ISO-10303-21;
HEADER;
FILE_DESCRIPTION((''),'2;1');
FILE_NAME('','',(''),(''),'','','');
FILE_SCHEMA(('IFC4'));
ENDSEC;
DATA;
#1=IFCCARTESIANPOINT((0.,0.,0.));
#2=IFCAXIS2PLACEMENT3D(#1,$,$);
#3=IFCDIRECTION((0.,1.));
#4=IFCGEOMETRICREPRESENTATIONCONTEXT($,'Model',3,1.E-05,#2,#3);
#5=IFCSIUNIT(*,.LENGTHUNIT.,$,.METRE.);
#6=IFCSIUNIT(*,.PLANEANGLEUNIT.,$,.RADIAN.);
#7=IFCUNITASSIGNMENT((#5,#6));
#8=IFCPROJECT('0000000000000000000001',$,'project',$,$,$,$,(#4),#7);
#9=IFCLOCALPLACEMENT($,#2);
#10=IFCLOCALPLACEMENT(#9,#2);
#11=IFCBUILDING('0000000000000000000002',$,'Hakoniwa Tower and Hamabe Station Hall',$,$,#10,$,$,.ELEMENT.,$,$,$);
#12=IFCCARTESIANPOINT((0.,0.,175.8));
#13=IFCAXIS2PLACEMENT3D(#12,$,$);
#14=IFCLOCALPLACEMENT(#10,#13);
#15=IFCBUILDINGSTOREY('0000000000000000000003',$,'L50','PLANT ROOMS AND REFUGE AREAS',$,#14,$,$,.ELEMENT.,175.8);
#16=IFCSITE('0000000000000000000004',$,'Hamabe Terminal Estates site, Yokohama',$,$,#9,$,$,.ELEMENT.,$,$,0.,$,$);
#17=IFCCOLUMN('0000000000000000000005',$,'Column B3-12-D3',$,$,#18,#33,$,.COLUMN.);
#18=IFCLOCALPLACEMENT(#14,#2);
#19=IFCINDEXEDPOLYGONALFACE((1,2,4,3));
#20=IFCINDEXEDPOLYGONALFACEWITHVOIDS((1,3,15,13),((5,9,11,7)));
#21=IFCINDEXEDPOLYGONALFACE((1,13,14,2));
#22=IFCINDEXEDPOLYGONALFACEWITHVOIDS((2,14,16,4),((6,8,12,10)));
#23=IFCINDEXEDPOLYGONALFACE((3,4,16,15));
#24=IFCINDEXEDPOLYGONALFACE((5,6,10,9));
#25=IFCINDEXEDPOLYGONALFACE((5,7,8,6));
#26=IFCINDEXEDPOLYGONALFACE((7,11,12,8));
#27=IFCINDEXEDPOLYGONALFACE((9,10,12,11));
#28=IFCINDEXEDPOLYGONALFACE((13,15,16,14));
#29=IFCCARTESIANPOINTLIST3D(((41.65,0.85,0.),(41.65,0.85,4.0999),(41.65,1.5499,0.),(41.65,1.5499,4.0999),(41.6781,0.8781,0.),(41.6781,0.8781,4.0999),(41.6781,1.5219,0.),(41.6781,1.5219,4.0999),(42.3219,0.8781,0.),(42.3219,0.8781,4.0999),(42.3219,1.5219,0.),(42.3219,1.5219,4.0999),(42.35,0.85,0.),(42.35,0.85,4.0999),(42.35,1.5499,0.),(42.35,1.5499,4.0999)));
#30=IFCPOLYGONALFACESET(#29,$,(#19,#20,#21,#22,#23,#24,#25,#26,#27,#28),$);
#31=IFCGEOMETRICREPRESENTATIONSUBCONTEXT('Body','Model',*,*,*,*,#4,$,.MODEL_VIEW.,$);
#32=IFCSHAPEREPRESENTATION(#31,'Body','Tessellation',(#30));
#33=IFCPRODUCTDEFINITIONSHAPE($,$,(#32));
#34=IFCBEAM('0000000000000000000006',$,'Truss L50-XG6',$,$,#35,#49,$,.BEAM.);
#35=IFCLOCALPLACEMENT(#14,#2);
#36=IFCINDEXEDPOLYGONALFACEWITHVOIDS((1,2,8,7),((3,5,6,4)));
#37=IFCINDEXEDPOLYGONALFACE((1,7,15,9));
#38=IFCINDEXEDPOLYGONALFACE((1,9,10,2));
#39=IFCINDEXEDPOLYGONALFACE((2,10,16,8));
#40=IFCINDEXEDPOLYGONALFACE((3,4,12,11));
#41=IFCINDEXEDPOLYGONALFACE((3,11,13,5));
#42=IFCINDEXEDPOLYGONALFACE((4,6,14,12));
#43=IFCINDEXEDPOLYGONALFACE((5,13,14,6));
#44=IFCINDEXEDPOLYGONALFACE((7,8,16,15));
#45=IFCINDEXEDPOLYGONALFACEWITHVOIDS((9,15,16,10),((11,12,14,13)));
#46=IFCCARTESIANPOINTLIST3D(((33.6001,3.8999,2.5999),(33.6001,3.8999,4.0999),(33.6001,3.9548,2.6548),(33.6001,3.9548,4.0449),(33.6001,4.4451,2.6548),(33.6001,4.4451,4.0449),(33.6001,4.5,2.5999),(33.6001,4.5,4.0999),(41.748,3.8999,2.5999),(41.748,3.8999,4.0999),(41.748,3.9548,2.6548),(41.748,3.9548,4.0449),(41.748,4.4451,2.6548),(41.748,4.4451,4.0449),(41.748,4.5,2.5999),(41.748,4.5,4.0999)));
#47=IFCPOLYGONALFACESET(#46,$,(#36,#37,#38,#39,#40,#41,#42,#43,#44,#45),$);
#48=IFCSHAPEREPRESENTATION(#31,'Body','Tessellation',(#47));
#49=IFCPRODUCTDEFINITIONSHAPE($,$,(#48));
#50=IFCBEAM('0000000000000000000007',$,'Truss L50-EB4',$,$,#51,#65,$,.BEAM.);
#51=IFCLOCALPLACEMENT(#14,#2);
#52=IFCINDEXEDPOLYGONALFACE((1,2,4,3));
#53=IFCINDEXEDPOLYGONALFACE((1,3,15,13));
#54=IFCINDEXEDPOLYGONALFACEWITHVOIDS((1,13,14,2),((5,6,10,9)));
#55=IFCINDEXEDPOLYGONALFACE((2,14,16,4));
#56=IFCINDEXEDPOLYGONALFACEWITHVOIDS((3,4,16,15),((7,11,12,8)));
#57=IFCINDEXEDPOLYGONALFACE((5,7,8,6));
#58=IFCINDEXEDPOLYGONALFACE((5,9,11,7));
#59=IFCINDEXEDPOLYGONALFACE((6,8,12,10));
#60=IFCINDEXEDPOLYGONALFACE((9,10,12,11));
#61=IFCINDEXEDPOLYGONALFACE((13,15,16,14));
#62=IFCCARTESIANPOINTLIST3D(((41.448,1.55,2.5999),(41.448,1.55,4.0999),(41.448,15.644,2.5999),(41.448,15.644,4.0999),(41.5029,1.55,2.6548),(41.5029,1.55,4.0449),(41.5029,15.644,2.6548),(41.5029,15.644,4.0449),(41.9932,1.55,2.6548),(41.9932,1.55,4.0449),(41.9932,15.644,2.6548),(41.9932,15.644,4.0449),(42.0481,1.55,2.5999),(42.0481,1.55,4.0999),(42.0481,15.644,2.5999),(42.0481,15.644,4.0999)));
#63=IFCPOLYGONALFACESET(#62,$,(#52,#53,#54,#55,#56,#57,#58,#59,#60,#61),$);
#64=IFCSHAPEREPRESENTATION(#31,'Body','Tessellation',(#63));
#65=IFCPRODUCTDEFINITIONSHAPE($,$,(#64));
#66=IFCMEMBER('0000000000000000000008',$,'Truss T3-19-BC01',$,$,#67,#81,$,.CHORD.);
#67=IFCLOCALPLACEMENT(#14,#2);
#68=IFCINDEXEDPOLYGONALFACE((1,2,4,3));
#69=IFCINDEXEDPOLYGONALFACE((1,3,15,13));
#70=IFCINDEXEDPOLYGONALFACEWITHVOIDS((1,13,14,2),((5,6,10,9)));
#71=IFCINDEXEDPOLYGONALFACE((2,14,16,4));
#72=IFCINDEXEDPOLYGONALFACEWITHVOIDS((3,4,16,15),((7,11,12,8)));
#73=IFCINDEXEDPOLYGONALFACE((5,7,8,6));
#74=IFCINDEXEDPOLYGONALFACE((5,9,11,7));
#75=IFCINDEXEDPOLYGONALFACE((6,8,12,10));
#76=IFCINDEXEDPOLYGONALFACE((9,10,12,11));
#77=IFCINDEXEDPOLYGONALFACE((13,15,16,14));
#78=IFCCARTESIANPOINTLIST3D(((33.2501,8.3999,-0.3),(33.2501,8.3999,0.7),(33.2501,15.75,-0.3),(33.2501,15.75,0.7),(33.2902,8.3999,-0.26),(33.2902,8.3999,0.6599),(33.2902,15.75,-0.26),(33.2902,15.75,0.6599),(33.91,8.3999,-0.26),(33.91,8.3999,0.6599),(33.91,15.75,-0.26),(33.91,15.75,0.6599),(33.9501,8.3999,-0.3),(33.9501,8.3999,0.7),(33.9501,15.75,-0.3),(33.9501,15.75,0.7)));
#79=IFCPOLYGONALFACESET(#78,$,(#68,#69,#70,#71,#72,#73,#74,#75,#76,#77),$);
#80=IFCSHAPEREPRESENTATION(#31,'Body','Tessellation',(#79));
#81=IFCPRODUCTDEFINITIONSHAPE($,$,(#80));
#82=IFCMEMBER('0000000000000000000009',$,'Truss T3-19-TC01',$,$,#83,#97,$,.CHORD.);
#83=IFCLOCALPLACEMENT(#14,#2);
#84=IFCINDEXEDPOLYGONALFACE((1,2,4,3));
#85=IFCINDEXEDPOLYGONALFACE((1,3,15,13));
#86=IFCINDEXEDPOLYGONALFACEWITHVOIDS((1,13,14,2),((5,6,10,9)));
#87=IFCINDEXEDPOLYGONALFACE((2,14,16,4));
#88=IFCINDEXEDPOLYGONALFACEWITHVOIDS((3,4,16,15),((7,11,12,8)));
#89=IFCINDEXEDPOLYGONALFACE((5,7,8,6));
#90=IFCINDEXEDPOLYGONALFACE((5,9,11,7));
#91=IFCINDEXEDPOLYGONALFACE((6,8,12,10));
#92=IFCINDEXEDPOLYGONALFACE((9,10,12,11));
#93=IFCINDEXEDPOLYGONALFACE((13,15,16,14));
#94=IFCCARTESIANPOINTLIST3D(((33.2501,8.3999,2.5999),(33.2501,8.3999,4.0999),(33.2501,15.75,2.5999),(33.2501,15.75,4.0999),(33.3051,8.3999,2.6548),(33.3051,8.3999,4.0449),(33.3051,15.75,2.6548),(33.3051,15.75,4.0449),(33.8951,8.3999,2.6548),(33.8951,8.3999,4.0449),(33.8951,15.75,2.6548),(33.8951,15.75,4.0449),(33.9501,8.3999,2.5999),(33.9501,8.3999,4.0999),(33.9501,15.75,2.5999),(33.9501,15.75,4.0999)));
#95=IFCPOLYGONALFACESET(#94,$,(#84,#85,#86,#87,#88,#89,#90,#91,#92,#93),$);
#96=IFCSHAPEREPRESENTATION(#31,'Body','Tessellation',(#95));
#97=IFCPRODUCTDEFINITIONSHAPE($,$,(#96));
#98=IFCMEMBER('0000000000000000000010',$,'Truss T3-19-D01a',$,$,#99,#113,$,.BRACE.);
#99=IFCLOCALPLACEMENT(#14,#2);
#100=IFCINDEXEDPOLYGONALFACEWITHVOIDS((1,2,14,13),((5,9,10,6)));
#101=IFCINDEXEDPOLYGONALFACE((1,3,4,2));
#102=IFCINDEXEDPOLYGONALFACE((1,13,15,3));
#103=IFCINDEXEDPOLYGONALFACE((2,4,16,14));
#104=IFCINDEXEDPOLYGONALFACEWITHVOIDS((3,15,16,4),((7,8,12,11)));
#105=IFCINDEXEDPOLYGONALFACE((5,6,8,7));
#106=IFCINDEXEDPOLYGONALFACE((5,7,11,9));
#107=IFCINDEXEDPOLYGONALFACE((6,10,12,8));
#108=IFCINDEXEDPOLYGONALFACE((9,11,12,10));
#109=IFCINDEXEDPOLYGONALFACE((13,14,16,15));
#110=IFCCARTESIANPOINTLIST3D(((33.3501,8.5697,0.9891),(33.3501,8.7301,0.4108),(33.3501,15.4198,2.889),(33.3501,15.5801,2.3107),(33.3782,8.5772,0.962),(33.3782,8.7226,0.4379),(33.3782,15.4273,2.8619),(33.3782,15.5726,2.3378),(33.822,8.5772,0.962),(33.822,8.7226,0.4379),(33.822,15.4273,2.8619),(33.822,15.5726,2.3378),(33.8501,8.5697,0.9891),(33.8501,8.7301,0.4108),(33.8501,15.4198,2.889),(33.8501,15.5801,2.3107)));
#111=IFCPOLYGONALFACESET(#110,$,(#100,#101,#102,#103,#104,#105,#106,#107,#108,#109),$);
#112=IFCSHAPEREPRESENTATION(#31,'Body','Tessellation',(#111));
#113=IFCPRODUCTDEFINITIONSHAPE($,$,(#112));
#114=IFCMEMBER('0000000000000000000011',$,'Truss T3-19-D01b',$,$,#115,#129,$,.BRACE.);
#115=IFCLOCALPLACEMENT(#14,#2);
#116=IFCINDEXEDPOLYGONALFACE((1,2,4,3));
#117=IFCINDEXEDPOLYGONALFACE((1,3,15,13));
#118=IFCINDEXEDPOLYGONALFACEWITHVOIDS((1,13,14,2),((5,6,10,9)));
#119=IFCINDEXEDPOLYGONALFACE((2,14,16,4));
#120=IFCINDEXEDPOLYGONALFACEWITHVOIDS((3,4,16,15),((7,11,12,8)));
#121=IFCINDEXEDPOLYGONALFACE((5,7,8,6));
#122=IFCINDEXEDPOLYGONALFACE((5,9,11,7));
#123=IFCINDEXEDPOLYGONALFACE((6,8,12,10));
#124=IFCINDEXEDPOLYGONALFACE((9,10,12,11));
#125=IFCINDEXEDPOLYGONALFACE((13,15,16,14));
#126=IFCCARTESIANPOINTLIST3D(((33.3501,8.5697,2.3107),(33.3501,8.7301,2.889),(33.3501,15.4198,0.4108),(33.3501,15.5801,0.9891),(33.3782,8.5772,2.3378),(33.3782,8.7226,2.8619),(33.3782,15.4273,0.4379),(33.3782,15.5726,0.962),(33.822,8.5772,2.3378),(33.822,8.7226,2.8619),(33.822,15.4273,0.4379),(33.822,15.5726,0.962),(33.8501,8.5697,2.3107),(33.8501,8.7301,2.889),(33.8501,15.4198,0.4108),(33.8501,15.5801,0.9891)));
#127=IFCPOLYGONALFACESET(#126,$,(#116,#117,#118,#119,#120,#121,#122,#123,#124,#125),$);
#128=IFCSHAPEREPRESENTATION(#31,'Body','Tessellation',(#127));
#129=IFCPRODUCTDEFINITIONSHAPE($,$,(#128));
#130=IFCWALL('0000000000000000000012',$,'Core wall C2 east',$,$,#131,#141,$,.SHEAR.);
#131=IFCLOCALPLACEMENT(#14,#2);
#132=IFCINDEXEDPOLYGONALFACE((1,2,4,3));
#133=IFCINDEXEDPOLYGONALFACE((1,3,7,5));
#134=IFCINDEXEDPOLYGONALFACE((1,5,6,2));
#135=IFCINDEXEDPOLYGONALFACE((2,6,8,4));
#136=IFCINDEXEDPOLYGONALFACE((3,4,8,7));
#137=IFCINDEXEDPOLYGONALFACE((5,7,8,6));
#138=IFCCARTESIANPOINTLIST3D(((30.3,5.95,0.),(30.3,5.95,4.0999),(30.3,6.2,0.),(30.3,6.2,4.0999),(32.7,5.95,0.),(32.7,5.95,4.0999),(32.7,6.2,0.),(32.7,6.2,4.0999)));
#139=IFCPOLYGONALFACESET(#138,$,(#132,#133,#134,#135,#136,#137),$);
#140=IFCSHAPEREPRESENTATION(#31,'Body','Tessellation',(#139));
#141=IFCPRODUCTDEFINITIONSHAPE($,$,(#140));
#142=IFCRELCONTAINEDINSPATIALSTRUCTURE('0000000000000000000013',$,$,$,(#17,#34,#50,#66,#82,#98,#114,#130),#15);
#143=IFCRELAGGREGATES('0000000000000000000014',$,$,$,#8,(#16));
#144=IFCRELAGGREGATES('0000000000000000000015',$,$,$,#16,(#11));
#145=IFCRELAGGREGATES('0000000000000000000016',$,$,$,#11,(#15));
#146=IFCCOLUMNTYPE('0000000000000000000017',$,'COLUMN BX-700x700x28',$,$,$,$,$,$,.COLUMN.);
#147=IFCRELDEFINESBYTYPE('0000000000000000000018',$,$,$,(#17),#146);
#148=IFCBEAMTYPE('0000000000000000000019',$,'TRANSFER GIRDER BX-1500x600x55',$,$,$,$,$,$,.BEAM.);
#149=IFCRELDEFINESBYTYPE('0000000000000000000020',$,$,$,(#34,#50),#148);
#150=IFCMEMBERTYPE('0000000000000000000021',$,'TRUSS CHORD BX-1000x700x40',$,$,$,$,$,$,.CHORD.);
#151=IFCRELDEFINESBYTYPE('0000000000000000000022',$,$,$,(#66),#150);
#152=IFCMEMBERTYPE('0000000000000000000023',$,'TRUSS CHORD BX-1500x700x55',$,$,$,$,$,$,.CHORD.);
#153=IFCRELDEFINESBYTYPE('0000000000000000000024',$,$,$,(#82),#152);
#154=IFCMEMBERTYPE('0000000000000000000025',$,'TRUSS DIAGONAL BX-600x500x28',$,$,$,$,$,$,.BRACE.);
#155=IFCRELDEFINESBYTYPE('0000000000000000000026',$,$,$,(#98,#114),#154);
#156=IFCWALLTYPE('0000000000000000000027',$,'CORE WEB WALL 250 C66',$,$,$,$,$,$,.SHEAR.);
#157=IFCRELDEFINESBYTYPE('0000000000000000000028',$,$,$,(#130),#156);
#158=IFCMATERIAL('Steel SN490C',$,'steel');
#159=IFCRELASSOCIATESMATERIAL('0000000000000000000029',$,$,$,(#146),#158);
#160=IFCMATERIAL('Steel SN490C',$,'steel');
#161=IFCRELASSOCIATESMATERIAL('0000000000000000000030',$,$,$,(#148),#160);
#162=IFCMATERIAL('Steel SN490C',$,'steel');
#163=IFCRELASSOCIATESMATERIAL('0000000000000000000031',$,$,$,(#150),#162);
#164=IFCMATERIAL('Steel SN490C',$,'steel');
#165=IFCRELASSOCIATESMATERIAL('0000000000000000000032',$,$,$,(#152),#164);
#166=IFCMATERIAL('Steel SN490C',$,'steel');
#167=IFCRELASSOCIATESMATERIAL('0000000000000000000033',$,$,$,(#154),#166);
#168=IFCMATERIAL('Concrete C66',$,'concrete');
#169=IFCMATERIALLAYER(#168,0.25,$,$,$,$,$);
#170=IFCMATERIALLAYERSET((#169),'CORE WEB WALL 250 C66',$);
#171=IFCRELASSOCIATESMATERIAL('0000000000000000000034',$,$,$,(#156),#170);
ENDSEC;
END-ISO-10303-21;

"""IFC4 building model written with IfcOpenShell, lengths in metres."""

from ifc_helpers import new_model, si_unit, direction, frame, frame_2d, origin, origin_2d, place, context, subcontext, project, spatial, rectangle, hollow_rectangle, extrude, material, layer, layer_set, material_profile, profile_set, type_object, element, save


model = new_model("IFC4")

# Units and contexts
model_context = context("Model", 3, precision=1e-05, world=origin(), true_north=direction((0.0, 1.0)))
body_context = subcontext(model_context, "Body", "Model", "MODEL_VIEW")
ifc_project = project(units=[si_unit("LENGTHUNIT", "METRE"), si_unit("PLANEANGLEUNIT", "RADIAN")], contexts=[model_context])

# Site, building, storey
site_placement = place(None, origin())
site = spatial("IfcSite", under=ifc_project, at=site_placement, Name="Hamabe Terminal Estates site, Yokohama", CompositionType="ELEMENT", RefElevation=0.0)
building_placement = place(site_placement, origin())
building = spatial("IfcBuilding", under=site, at=building_placement, Name="Hakoniwa Tower and Hamabe Station Hall", CompositionType="ELEMENT")
storey_placement = place(building_placement, frame((0.0, 0.0, 175.8)))
storey = spatial("IfcBuildingStorey", under=building, at=storey_placement, Name="L50", Description="PLANT ROOMS AND REFUGE AREAS", CompositionType="ELEMENT", Elevation=175.8)

# Column
ifc_material_1 = material(Name="Steel SN490C", Category="steel")
ifc_material_profile_1 = material_profile(ifc_material_1, hollow_rectangle(XDim=0.7, YDim=0.7, WallThickness=0.0281, at=origin_2d()), Name="BX-700x700x28")
ifc_profile_set_1 = profile_set([ifc_material_profile_1], Name="Steel SN490C")
column_type = type_object("IfcColumnType", Name="COLUMN BX-700x700x28", PredefinedType="COLUMN", material=ifc_profile_set_1)
column_placement = place(storey_placement, frame((42.0, 1.2, 0.0), z_axis=(0.0, 0.0, 1.0), x_axis=(1.0, 0.0, 0.0)))
element("IfcColumn", 1, at=column_placement, inside=storey, type_object=column_type, Name="Column B3-12-D3", PredefinedType="COLUMN", context=body_context, shape_type="SweptSolid", body=[
    extrude(hollow_rectangle(XDim=0.7, YDim=0.7, WallThickness=0.0281, at=origin_2d()), origin(), (0.0, 0.0, 1.0), 4.0999),
])

# Beams
ifc_material_2 = material(Name="Steel SN490C", Category="steel")
ifc_material_profile_2 = material_profile(ifc_material_2, hollow_rectangle(XDim=0.6001, YDim=1.5, WallThickness=0.0549, at=origin_2d()), Name="BX-1500x600x55")
ifc_profile_set_2 = profile_set([ifc_material_profile_2], Name="Steel SN490C")
beam_type = type_object("IfcBeamType", Name="TRANSFER GIRDER BX-1500x600x55", PredefinedType="BEAM", material=ifc_profile_set_2)
beam_1_placement = place(storey_placement, frame((33.6001, 4.2, 3.3499), z_axis=(1.0, 0.0, 0.0), x_axis=(0.0, 1.0, 0.0)))
element("IfcBeam", 2, at=beam_1_placement, inside=storey, type_object=beam_type, Name="Truss L50-XG6", PredefinedType="BEAM", context=body_context, shape_type="SweptSolid", body=[
    extrude(hollow_rectangle(XDim=0.6001, YDim=1.5, WallThickness=0.0549, at=origin_2d()), origin(), (0.0, 0.0, 1.0), 8.1479),
])
beam_2_placement = place(storey_placement, frame((41.748, 1.55, 3.3499), z_axis=(0.0, 1.0, 0.0), x_axis=(-1.0, 0.0, 0.0)))
element("IfcBeam", 3, at=beam_2_placement, inside=storey, type_object=beam_type, Name="Truss L50-EB4", PredefinedType="BEAM", context=body_context, shape_type="SweptSolid", body=[
    extrude(hollow_rectangle(XDim=0.6001, YDim=1.5, WallThickness=0.0549, at=origin_2d()), origin(), (0.0, 0.0, 1.0), 14.094),
])

# Members
ifc_material_3 = material(Name="Steel SN490C", Category="steel")
ifc_material_profile_3 = material_profile(ifc_material_3, hollow_rectangle(XDim=0.7, YDim=1.0, WallThickness=0.04, at=origin_2d()), Name="BX-1000x700x40")
ifc_profile_set_3 = profile_set([ifc_material_profile_3], Name="Steel SN490C")
member_type_1 = type_object("IfcMemberType", Name="TRUSS CHORD BX-1000x700x40", PredefinedType="CHORD", material=ifc_profile_set_3)
member_1_placement = place(storey_placement, frame((33.6001, 8.3999, 0.2), z_axis=(0.0, 1.0, 0.0), x_axis=(-1.0, 0.0, 0.0)))
element("IfcMember", 4, at=member_1_placement, inside=storey, type_object=member_type_1, Name="Truss T3-19-BC01", PredefinedType="CHORD", context=body_context, shape_type="SweptSolid", body=[
    extrude(hollow_rectangle(XDim=0.7, YDim=1.0, WallThickness=0.04, at=origin_2d()), origin(), (0.0, 0.0, 1.0), 7.3501),
])
ifc_material_4 = material(Name="Steel SN490C", Category="steel")
ifc_material_profile_4 = material_profile(ifc_material_4, hollow_rectangle(XDim=0.7, YDim=1.5, WallThickness=0.0549, at=origin_2d()), Name="BX-1500x700x55")
ifc_profile_set_4 = profile_set([ifc_material_profile_4], Name="Steel SN490C")
member_type_2 = type_object("IfcMemberType", Name="TRUSS CHORD BX-1500x700x55", PredefinedType="CHORD", material=ifc_profile_set_4)
member_2_placement = place(storey_placement, frame((33.6001, 8.3999, 3.3499), z_axis=(0.0, 1.0, 0.0), x_axis=(-1.0, 0.0, 0.0)))
element("IfcMember", 5, at=member_2_placement, inside=storey, type_object=member_type_2, Name="Truss T3-19-TC01", PredefinedType="CHORD", context=body_context, shape_type="SweptSolid", body=[
    extrude(hollow_rectangle(XDim=0.7, YDim=1.5, WallThickness=0.0549, at=origin_2d()), origin(), (0.0, 0.0, 1.0), 7.3501),
])
ifc_material_5 = material(Name="Steel SN490C", Category="steel")
ifc_material_profile_5 = material_profile(ifc_material_5, hollow_rectangle(XDim=0.5, YDim=0.6001, WallThickness=0.0281, at=origin_2d()), Name="BX-600x500x28")
ifc_profile_set_5 = profile_set([ifc_material_profile_5], Name="Steel SN490C")
member_type_3 = type_object("IfcMemberType", Name="TRUSS DIAGONAL BX-600x500x28", PredefinedType="BRACE", material=ifc_profile_set_5)
for number, where, z_axis, x_axis, name in (
    (6, (33.6001, 8.6499, 0.7), (0.0, 0.963623, 0.267265), (-1.0, 0.0, 0.0), "Truss T3-19-D01a"),
    (7, (33.6001, 8.6499, 2.5999), (0.0, 0.963623, -0.267265), (-1.0, 0.0, 0.0), "Truss T3-19-D01b"),
):
    element("IfcMember", number, at=place(storey_placement, frame(where, z_axis=z_axis, x_axis=x_axis)), inside=storey, type_object=member_type_3, Name=name, PredefinedType="BRACE", context=body_context, shape_type="SweptSolid", body=[
        extrude(hollow_rectangle(XDim=0.5, YDim=0.6001, WallThickness=0.0281, at=origin_2d()), origin(), (0.0, 0.0, 1.0), 7.1086),
    ])

# Wall
ifc_material_6 = material(Name="Concrete C66", Category="concrete")
ifc_layer_1 = layer(ifc_material_6, 0.25)
ifc_layer_set_1 = layer_set([ifc_layer_1], Name="CORE WEB WALL 250 C66")
wall_type_1 = type_object("IfcWallType", Name="CORE WEB WALL 250 C66", PredefinedType="SHEAR", material=ifc_layer_set_1)
wall_1_placement = place(storey_placement, frame((30.3, 6.075, 0.0), z_axis=(0.0, 0.0, 1.0), x_axis=(1.0, 0.0, 0.0)))
element("IfcWall", 8, at=wall_1_placement, inside=storey, type_object=wall_type_1, Name="Core wall C2 east", PredefinedType="SHEAR", context=body_context, shape_type="SweptSolid", body=[
    extrude(rectangle(XDim=2.3999, YDim=0.25, at=frame_2d((1.2, 0.0))), origin(), (0.0, 0.0, 1.0), 4.0999),
])

save(model, "model.ifc")
